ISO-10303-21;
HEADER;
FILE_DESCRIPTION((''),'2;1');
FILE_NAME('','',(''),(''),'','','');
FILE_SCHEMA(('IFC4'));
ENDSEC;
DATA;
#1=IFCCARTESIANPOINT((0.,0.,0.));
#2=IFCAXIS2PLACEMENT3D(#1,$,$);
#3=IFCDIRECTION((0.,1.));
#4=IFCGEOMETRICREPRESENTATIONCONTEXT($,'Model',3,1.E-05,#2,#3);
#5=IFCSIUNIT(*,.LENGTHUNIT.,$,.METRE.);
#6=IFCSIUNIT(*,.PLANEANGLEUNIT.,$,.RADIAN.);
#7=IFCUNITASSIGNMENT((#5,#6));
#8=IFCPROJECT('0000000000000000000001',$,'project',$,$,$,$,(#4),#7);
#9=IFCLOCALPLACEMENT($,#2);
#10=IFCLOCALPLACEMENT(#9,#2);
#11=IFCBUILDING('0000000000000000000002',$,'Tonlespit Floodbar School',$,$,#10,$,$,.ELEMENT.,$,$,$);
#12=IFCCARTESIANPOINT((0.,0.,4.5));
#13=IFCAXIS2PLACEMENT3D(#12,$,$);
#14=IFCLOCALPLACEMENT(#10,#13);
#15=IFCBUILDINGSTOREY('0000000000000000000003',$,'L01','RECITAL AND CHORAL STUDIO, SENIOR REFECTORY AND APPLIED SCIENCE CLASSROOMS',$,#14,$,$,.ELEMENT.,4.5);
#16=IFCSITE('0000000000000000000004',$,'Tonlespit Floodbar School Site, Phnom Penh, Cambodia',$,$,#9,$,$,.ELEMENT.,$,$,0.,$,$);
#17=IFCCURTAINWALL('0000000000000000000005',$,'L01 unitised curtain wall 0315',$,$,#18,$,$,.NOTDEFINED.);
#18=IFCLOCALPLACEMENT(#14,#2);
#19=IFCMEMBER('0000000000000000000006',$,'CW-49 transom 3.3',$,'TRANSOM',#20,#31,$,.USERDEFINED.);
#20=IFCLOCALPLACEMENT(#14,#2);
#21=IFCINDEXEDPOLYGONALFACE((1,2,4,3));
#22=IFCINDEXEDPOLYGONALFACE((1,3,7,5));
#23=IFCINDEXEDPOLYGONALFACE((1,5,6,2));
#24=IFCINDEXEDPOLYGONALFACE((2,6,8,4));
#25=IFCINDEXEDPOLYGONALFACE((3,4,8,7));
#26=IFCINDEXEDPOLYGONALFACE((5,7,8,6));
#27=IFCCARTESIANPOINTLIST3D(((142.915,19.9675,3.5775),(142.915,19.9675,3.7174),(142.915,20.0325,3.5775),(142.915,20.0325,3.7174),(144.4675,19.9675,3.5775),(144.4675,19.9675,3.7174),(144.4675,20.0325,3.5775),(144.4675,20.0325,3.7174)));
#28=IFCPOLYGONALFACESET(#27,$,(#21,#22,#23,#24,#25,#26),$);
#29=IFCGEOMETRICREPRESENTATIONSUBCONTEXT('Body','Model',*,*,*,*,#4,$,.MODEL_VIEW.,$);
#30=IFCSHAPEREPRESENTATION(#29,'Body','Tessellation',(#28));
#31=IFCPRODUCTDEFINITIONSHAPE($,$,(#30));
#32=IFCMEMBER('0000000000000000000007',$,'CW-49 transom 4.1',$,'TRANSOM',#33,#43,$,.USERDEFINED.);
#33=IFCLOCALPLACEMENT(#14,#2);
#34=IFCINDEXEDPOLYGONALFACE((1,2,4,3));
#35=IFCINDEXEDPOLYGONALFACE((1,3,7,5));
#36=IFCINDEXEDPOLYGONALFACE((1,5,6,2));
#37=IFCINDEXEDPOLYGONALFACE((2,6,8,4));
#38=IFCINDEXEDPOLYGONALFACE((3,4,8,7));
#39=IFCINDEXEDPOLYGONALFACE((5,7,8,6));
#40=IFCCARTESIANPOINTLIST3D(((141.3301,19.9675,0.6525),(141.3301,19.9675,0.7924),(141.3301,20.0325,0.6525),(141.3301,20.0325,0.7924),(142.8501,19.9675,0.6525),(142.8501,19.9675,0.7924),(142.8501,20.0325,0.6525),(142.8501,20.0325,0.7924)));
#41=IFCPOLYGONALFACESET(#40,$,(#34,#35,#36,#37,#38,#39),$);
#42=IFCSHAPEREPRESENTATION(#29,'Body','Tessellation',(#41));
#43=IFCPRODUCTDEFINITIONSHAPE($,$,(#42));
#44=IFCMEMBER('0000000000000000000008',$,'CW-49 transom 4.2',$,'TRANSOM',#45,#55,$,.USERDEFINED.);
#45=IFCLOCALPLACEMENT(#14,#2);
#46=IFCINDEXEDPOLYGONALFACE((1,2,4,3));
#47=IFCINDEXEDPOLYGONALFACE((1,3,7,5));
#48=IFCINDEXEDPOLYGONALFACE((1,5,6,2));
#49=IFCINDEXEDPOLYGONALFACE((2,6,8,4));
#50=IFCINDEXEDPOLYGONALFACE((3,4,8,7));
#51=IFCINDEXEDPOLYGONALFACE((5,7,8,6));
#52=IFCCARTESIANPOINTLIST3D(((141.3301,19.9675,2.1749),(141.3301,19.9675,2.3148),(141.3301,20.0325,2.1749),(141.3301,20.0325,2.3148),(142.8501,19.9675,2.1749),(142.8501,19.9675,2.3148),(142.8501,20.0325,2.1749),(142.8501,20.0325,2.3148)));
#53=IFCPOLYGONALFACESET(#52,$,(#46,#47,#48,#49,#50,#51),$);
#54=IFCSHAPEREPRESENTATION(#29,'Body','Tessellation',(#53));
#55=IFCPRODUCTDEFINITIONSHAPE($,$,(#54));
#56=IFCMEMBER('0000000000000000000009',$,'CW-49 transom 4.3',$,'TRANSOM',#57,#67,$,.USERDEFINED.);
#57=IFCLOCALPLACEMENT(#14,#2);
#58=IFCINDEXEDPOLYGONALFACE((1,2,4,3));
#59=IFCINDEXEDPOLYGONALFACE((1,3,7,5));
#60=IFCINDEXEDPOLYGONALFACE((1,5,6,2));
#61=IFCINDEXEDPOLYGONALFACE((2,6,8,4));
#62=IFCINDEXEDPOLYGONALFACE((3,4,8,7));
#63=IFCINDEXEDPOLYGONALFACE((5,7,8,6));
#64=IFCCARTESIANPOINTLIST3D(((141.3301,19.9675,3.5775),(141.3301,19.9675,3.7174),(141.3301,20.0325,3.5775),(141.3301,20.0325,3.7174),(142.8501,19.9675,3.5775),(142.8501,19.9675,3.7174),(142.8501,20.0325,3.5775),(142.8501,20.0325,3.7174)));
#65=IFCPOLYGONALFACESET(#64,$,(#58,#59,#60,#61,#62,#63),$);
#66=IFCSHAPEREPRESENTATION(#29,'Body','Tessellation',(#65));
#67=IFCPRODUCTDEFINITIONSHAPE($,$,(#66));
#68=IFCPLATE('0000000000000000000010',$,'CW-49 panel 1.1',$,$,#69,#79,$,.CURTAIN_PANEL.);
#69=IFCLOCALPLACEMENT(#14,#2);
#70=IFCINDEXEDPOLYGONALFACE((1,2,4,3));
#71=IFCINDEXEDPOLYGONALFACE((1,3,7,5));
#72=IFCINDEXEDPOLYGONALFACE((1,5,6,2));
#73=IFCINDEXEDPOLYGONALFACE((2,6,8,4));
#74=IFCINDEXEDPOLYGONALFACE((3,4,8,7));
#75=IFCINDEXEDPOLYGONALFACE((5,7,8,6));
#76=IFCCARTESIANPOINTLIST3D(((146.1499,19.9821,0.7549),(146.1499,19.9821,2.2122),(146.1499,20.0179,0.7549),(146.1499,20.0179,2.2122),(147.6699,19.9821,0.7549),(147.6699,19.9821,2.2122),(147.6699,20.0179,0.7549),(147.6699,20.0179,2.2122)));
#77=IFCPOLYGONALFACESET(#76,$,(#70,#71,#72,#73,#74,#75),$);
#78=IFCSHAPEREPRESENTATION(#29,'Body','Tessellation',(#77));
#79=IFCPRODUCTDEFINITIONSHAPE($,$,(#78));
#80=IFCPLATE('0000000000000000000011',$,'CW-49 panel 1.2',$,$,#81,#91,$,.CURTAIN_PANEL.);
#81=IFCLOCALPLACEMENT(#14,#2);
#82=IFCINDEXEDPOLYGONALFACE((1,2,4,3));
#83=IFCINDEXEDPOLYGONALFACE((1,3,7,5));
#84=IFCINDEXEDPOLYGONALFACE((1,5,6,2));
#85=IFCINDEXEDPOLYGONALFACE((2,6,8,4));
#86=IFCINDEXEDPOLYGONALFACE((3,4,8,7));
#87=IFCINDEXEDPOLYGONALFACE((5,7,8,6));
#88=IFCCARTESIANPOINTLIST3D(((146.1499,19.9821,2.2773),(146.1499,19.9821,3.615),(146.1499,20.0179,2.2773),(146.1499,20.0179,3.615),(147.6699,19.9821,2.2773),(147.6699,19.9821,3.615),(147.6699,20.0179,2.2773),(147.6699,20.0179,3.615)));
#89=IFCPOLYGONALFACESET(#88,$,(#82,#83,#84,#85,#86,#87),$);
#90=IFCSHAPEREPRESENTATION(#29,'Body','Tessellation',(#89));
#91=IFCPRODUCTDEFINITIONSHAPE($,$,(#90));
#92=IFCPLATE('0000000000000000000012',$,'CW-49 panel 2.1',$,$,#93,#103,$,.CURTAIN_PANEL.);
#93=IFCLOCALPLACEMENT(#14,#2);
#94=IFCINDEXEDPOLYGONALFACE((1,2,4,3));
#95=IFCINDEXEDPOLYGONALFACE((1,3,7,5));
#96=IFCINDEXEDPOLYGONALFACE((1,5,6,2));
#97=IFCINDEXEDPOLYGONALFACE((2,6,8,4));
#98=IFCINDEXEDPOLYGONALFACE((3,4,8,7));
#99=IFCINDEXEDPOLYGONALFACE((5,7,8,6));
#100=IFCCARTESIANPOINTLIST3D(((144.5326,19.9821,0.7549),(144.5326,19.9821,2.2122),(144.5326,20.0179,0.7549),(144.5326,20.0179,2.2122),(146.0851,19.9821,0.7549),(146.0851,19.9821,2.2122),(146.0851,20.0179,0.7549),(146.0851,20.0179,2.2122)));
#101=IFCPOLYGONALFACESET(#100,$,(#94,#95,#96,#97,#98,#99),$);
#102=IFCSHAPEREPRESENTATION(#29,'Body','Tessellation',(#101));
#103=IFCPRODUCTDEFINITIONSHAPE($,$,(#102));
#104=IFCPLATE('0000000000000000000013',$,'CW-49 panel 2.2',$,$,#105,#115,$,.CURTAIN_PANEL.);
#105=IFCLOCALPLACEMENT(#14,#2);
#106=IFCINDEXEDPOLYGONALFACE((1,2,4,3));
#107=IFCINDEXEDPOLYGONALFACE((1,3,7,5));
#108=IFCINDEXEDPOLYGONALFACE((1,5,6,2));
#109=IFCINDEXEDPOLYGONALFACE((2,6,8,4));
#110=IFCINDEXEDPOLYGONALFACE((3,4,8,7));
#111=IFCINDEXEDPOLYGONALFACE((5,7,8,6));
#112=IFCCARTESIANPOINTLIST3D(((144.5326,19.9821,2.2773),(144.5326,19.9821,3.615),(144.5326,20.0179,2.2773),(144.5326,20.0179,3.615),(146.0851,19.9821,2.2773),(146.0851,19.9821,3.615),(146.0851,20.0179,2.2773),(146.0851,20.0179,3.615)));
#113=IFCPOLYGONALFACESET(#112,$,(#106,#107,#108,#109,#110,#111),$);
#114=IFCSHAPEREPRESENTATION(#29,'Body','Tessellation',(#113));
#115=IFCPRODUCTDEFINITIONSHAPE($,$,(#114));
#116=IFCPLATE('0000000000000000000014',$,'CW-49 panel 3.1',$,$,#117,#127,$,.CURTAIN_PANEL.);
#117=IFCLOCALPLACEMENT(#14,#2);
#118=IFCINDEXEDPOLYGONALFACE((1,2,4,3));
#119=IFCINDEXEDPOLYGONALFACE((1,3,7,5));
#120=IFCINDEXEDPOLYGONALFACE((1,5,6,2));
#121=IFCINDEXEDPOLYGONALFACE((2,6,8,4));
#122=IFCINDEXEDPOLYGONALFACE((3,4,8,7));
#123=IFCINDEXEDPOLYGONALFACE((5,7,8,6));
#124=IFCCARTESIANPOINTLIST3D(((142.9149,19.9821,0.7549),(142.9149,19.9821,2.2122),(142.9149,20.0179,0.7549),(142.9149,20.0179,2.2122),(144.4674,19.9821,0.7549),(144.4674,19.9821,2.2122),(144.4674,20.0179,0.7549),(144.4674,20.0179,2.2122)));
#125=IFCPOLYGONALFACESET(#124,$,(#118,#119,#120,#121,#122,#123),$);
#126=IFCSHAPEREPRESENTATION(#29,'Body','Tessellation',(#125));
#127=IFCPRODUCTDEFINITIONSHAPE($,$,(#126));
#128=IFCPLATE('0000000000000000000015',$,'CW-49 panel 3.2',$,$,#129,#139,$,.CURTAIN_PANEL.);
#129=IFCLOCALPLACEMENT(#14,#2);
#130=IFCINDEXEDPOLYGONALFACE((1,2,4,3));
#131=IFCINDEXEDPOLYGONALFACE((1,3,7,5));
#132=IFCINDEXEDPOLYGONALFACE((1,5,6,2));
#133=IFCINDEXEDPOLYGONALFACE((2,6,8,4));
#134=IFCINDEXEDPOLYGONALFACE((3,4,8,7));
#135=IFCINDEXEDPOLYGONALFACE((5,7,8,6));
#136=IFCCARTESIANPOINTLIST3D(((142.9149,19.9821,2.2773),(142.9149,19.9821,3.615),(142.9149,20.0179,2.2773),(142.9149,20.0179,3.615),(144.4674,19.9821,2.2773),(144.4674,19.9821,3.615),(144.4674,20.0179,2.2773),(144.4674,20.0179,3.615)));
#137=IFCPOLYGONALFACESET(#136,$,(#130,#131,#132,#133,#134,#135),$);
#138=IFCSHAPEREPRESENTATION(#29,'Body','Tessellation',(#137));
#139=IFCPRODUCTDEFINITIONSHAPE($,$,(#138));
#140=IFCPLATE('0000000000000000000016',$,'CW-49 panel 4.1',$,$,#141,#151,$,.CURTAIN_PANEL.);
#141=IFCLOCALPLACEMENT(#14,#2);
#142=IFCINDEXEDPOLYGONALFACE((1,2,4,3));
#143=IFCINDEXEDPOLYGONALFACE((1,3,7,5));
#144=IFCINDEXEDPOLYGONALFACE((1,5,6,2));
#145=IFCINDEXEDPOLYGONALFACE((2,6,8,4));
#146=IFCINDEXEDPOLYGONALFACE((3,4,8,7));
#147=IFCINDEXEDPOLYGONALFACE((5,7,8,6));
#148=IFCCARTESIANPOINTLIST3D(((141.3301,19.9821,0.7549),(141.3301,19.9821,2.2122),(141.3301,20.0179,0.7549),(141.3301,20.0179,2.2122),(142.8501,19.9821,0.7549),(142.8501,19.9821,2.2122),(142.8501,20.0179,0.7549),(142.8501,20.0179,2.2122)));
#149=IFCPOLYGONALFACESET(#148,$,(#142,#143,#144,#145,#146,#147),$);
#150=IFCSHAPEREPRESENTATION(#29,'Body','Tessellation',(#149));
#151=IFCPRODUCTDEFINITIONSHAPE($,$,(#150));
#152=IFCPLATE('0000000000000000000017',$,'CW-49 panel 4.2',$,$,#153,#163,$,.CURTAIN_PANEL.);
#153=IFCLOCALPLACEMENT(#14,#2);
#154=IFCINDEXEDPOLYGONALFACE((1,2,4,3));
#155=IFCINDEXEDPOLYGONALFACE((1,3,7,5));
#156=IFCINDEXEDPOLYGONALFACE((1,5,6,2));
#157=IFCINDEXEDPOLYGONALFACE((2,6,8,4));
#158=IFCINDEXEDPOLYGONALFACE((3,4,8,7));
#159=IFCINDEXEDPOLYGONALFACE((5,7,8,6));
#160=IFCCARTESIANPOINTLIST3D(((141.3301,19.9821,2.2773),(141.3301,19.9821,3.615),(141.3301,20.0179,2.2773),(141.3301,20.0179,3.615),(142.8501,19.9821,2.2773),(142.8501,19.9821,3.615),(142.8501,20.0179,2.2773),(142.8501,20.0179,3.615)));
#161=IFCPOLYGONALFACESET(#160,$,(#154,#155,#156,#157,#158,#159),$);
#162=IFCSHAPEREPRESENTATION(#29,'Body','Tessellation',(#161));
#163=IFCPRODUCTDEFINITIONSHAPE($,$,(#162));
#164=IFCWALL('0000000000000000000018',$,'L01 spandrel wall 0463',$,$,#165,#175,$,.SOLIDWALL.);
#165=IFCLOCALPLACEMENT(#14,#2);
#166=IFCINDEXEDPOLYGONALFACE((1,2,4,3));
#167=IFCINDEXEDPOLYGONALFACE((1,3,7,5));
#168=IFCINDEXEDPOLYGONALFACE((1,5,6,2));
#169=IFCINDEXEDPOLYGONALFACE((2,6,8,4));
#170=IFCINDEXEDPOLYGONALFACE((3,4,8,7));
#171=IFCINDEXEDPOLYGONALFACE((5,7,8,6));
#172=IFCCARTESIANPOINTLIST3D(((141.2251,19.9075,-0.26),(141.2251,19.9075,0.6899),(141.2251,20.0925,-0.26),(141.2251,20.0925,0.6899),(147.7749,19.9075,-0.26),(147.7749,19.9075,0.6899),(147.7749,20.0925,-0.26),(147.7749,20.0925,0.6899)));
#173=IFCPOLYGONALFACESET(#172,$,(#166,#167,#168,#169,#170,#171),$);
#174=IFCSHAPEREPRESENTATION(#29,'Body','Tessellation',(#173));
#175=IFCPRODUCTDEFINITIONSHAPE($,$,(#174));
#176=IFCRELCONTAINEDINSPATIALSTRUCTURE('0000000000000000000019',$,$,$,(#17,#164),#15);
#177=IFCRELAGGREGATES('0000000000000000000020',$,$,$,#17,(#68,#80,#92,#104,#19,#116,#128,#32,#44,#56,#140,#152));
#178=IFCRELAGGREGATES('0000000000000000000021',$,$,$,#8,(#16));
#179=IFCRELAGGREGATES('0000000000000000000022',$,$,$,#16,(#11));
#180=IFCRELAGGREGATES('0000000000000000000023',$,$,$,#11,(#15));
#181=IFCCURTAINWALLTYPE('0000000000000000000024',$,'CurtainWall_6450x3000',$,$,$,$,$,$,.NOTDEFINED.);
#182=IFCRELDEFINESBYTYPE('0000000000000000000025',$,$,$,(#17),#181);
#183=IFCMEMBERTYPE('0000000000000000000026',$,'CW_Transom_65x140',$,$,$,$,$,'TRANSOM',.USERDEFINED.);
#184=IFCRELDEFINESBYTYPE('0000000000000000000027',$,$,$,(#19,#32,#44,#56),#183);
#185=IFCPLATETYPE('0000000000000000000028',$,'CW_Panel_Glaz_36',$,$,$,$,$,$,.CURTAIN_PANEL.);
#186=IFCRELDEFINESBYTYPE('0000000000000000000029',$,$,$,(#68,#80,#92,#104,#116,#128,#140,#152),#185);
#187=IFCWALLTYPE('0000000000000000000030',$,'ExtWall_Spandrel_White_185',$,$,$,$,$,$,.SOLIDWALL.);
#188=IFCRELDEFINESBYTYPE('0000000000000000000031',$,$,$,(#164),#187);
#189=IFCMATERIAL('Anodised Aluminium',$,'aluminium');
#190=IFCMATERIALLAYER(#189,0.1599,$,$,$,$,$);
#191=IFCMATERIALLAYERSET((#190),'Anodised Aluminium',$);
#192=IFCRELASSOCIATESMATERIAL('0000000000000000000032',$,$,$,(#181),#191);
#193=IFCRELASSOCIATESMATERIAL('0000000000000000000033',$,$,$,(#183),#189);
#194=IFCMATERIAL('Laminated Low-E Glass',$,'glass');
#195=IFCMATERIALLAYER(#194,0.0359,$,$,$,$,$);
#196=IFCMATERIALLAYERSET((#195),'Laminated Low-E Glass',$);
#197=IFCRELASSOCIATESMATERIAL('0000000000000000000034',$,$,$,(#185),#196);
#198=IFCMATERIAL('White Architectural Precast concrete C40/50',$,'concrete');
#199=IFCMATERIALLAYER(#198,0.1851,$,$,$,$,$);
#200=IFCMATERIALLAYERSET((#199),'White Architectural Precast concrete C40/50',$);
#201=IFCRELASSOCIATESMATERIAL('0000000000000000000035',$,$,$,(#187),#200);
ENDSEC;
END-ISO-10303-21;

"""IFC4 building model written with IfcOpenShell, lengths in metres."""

from ifc_helpers import new_model, si_unit, direction, frame, frame_2d, origin, origin_2d, place, context, subcontext, project, spatial, rectangle, extrude, material, layer, layer_set, material_profile, profile_set, type_object, element, aggregate, save


model = new_model("IFC4")

# Units and contexts
model_context = context("Model", 3, precision=1e-05, world=origin(), true_north=direction((0.0, 1.0)))
body_context = subcontext(model_context, "Body", "Model", "MODEL_VIEW")
ifc_project = project(units=[si_unit("LENGTHUNIT", "METRE"), si_unit("PLANEANGLEUNIT", "RADIAN")], contexts=[model_context])

# Site, building, storey
site_placement = place(None, origin())
site = spatial("IfcSite", under=ifc_project, at=site_placement, Name="Tonlespit Floodbar School Site, Phnom Penh, Cambodia", CompositionType="ELEMENT", RefElevation=0.0)
building_placement = place(site_placement, origin())
building = spatial("IfcBuilding", under=site, at=building_placement, Name="Tonlespit Floodbar School", CompositionType="ELEMENT")
storey_placement = place(building_placement, frame((0.0, 0.0, 4.5)))
storey = spatial("IfcBuildingStorey", under=building, at=storey_placement, Name="L01", Description="RECITAL AND CHORAL STUDIO, SENIOR REFECTORY AND APPLIED SCIENCE CLASSROOMS", CompositionType="ELEMENT", Elevation=4.5)

# Curtain wall, members, plates
ifc_material_1 = material(Name="Anodised Aluminium", Category="aluminium")
ifc_layer_1 = layer(ifc_material_1, 0.1599)
ifc_layer_set_1 = layer_set([ifc_layer_1], Name="Anodised Aluminium")
curtain_wall_type = type_object("IfcCurtainWallType", Name="CurtainWall_6450x3000", PredefinedType="NOTDEFINED", material=ifc_layer_set_1)
curtain_wall_placement = place(storey_placement, origin())
curtain_wall = element("IfcCurtainWall", 1, at=curtain_wall_placement, inside=storey, type_object=curtain_wall_type, Name="L01 unitised curtain wall 0315", PredefinedType="NOTDEFINED")
ifc_material_profile_1 = material_profile(ifc_material_1, rectangle(XDim=0.0649, YDim=0.1399, at=origin_2d()), Name="ALU T65x140")
ifc_profile_set_1 = profile_set([ifc_material_profile_1], Name="Anodised Aluminium")
member_type_1 = type_object("IfcMemberType", Name="CW_Transom_65x140", ElementType="TRANSOM", PredefinedType="USERDEFINED", material=ifc_profile_set_1)
member_1_placement = place(storey_placement, frame((144.4675, 20.0, 3.6475), z_axis=(-1.0, 0.0, 0.0), x_axis=(0.0, -1.0, 0.0)))
member_1 = element("IfcMember", 2, at=member_1_placement, type_object=member_type_1, Name="CW-49 transom 3.3", ObjectType="TRANSOM", PredefinedType="USERDEFINED", context=body_context, shape_type="SweptSolid", body=[
    extrude(rectangle(XDim=0.0649, YDim=0.1399, at=origin_2d()), origin(), (0.0, 0.0, 1.0), 1.5525),
])
member_2_placement = place(storey_placement, frame((142.8501, 20.0, 0.7224), z_axis=(-1.0, 0.0, 0.0), x_axis=(0.0, -1.0, 0.0)))
member_2 = element("IfcMember", 3, at=member_2_placement, type_object=member_type_1, Name="CW-49 transom 4.1", ObjectType="TRANSOM", PredefinedType="USERDEFINED", context=body_context, shape_type="SweptSolid", body=[
    extrude(rectangle(XDim=0.0649, YDim=0.1399, at=origin_2d()), origin(), (0.0, 0.0, 1.0), 1.52),
])
member_3_placement = place(storey_placement, frame((142.8501, 20.0, 2.2449), z_axis=(-1.0, 0.0, 0.0), x_axis=(0.0, -1.0, 0.0)))
member_3 = element("IfcMember", 4, at=member_3_placement, type_object=member_type_1, Name="CW-49 transom 4.2", ObjectType="TRANSOM", PredefinedType="USERDEFINED", context=body_context, shape_type="SweptSolid", body=[
    extrude(rectangle(XDim=0.0649, YDim=0.1399, at=origin_2d()), origin(), (0.0, 0.0, 1.0), 1.52),
])
member_4_placement = place(storey_placement, frame((142.8501, 20.0, 3.6475), z_axis=(-1.0, 0.0, 0.0), x_axis=(0.0, -1.0, 0.0)))
member_4 = element("IfcMember", 5, at=member_4_placement, type_object=member_type_1, Name="CW-49 transom 4.3", ObjectType="TRANSOM", PredefinedType="USERDEFINED", context=body_context, shape_type="SweptSolid", body=[
    extrude(rectangle(XDim=0.0649, YDim=0.1399, at=origin_2d()), origin(), (0.0, 0.0, 1.0), 1.52),
])
ifc_material_2 = material(Name="Laminated Low-E Glass", Category="glass")
ifc_layer_2 = layer(ifc_material_2, 0.0359)
ifc_layer_set_2 = layer_set([ifc_layer_2], Name="Laminated Low-E Glass")
plate_type = type_object("IfcPlateType", Name="CW_Panel_Glaz_36", PredefinedType="CURTAIN_PANEL", material=ifc_layer_set_2)
plate_1_placement = place(storey_placement, frame((146.9099, 20.0, 0.7549), z_axis=(0.0, 0.0, 1.0), x_axis=(-1.0, 0.0, 0.0)))
plate_1 = element("IfcPlate", 6, at=plate_1_placement, type_object=plate_type, Name="CW-49 panel 1.1", PredefinedType="CURTAIN_PANEL", context=body_context, shape_type="SweptSolid", body=[
    extrude(rectangle(XDim=1.52, YDim=0.0359, at=origin_2d()), origin(), (0.0, 0.0, 1.0), 1.4573),
])
plate_2_placement = place(storey_placement, frame((146.9099, 20.0, 2.2773), z_axis=(0.0, 0.0, 1.0), x_axis=(-1.0, 0.0, 0.0)))
plate_2 = element("IfcPlate", 7, at=plate_2_placement, type_object=plate_type, Name="CW-49 panel 1.2", PredefinedType="CURTAIN_PANEL", context=body_context, shape_type="SweptSolid", body=[
    extrude(rectangle(XDim=1.52, YDim=0.0359, at=origin_2d()), origin(), (0.0, 0.0, 1.0), 1.3376),
])
plate_3_placement = place(storey_placement, frame((145.3088, 20.0, 0.7549), z_axis=(0.0, 0.0, 1.0), x_axis=(-1.0, 0.0, 0.0)))
plate_3 = element("IfcPlate", 8, at=plate_3_placement, type_object=plate_type, Name="CW-49 panel 2.1", PredefinedType="CURTAIN_PANEL", context=body_context, shape_type="SweptSolid", body=[
    extrude(rectangle(XDim=1.5525, YDim=0.0359, at=origin_2d()), origin(), (0.0, 0.0, 1.0), 1.4573),
])
plate_4_placement = place(storey_placement, frame((145.3088, 20.0, 2.2773), z_axis=(0.0, 0.0, 1.0), x_axis=(-1.0, 0.0, 0.0)))
plate_4 = element("IfcPlate", 9, at=plate_4_placement, type_object=plate_type, Name="CW-49 panel 2.2", PredefinedType="CURTAIN_PANEL", context=body_context, shape_type="SweptSolid", body=[
    extrude(rectangle(XDim=1.5525, YDim=0.0359, at=origin_2d()), origin(), (0.0, 0.0, 1.0), 1.3376),
])
plate_5_placement = place(storey_placement, frame((143.6912, 20.0, 0.7549), z_axis=(0.0, 0.0, 1.0), x_axis=(-1.0, 0.0, 0.0)))
plate_5 = element("IfcPlate", 10, at=plate_5_placement, type_object=plate_type, Name="CW-49 panel 3.1", PredefinedType="CURTAIN_PANEL", context=body_context, shape_type="SweptSolid", body=[
    extrude(rectangle(XDim=1.5525, YDim=0.0359, at=origin_2d()), origin(), (0.0, 0.0, 1.0), 1.4573),
])
plate_6_placement = place(storey_placement, frame((143.6912, 20.0, 2.2773), z_axis=(0.0, 0.0, 1.0), x_axis=(-1.0, 0.0, 0.0)))
plate_6 = element("IfcPlate", 11, at=plate_6_placement, type_object=plate_type, Name="CW-49 panel 3.2", PredefinedType="CURTAIN_PANEL", context=body_context, shape_type="SweptSolid", body=[
    extrude(rectangle(XDim=1.5525, YDim=0.0359, at=origin_2d()), origin(), (0.0, 0.0, 1.0), 1.3376),
])
plate_7_placement = place(storey_placement, frame((142.0901, 20.0, 0.7549), z_axis=(0.0, 0.0, 1.0), x_axis=(-1.0, 0.0, 0.0)))
plate_7 = element("IfcPlate", 12, at=plate_7_placement, type_object=plate_type, Name="CW-49 panel 4.1", PredefinedType="CURTAIN_PANEL", context=body_context, shape_type="SweptSolid", body=[
    extrude(rectangle(XDim=1.52, YDim=0.0359, at=origin_2d()), origin(), (0.0, 0.0, 1.0), 1.4573),
])
plate_8_placement = place(storey_placement, frame((142.0901, 20.0, 2.2773), z_axis=(0.0, 0.0, 1.0), x_axis=(-1.0, 0.0, 0.0)))
plate_8 = element("IfcPlate", 13, at=plate_8_placement, type_object=plate_type, Name="CW-49 panel 4.2", PredefinedType="CURTAIN_PANEL", context=body_context, shape_type="SweptSolid", body=[
    extrude(rectangle(XDim=1.52, YDim=0.0359, at=origin_2d()), origin(), (0.0, 0.0, 1.0), 1.3376),
])
aggregate(curtain_wall, [plate_1, plate_2, plate_3, plate_4, member_1, plate_5, plate_6, member_2, member_3, member_4, plate_7, plate_8])

# Wall
ifc_material_3 = material(Name="White Architectural Precast concrete C40/50", Category="concrete")
ifc_layer_3 = layer(ifc_material_3, 0.1851)
ifc_layer_set_3 = layer_set([ifc_layer_3], Name="White Architectural Precast concrete C40/50")
wall_type = type_object("IfcWallType", Name="ExtWall_Spandrel_White_185", PredefinedType="SOLIDWALL", material=ifc_layer_set_3)
wall_placement = place(storey_placement, frame((147.7749, 20.0, -0.26), z_axis=(0.0, 0.0, 1.0), x_axis=(-1.0, 0.0, 0.0)))
element("IfcWall", 14, at=wall_placement, inside=storey, type_object=wall_type, Name="L01 spandrel wall 0463", PredefinedType="SOLIDWALL", context=body_context, shape_type="SweptSolid", body=[
    extrude(rectangle(XDim=6.5498, YDim=0.1851, at=frame_2d((3.2749, 0.0))), origin(), (0.0, 0.0, 1.0), 0.95),
])

save(model, "model.ifc")
